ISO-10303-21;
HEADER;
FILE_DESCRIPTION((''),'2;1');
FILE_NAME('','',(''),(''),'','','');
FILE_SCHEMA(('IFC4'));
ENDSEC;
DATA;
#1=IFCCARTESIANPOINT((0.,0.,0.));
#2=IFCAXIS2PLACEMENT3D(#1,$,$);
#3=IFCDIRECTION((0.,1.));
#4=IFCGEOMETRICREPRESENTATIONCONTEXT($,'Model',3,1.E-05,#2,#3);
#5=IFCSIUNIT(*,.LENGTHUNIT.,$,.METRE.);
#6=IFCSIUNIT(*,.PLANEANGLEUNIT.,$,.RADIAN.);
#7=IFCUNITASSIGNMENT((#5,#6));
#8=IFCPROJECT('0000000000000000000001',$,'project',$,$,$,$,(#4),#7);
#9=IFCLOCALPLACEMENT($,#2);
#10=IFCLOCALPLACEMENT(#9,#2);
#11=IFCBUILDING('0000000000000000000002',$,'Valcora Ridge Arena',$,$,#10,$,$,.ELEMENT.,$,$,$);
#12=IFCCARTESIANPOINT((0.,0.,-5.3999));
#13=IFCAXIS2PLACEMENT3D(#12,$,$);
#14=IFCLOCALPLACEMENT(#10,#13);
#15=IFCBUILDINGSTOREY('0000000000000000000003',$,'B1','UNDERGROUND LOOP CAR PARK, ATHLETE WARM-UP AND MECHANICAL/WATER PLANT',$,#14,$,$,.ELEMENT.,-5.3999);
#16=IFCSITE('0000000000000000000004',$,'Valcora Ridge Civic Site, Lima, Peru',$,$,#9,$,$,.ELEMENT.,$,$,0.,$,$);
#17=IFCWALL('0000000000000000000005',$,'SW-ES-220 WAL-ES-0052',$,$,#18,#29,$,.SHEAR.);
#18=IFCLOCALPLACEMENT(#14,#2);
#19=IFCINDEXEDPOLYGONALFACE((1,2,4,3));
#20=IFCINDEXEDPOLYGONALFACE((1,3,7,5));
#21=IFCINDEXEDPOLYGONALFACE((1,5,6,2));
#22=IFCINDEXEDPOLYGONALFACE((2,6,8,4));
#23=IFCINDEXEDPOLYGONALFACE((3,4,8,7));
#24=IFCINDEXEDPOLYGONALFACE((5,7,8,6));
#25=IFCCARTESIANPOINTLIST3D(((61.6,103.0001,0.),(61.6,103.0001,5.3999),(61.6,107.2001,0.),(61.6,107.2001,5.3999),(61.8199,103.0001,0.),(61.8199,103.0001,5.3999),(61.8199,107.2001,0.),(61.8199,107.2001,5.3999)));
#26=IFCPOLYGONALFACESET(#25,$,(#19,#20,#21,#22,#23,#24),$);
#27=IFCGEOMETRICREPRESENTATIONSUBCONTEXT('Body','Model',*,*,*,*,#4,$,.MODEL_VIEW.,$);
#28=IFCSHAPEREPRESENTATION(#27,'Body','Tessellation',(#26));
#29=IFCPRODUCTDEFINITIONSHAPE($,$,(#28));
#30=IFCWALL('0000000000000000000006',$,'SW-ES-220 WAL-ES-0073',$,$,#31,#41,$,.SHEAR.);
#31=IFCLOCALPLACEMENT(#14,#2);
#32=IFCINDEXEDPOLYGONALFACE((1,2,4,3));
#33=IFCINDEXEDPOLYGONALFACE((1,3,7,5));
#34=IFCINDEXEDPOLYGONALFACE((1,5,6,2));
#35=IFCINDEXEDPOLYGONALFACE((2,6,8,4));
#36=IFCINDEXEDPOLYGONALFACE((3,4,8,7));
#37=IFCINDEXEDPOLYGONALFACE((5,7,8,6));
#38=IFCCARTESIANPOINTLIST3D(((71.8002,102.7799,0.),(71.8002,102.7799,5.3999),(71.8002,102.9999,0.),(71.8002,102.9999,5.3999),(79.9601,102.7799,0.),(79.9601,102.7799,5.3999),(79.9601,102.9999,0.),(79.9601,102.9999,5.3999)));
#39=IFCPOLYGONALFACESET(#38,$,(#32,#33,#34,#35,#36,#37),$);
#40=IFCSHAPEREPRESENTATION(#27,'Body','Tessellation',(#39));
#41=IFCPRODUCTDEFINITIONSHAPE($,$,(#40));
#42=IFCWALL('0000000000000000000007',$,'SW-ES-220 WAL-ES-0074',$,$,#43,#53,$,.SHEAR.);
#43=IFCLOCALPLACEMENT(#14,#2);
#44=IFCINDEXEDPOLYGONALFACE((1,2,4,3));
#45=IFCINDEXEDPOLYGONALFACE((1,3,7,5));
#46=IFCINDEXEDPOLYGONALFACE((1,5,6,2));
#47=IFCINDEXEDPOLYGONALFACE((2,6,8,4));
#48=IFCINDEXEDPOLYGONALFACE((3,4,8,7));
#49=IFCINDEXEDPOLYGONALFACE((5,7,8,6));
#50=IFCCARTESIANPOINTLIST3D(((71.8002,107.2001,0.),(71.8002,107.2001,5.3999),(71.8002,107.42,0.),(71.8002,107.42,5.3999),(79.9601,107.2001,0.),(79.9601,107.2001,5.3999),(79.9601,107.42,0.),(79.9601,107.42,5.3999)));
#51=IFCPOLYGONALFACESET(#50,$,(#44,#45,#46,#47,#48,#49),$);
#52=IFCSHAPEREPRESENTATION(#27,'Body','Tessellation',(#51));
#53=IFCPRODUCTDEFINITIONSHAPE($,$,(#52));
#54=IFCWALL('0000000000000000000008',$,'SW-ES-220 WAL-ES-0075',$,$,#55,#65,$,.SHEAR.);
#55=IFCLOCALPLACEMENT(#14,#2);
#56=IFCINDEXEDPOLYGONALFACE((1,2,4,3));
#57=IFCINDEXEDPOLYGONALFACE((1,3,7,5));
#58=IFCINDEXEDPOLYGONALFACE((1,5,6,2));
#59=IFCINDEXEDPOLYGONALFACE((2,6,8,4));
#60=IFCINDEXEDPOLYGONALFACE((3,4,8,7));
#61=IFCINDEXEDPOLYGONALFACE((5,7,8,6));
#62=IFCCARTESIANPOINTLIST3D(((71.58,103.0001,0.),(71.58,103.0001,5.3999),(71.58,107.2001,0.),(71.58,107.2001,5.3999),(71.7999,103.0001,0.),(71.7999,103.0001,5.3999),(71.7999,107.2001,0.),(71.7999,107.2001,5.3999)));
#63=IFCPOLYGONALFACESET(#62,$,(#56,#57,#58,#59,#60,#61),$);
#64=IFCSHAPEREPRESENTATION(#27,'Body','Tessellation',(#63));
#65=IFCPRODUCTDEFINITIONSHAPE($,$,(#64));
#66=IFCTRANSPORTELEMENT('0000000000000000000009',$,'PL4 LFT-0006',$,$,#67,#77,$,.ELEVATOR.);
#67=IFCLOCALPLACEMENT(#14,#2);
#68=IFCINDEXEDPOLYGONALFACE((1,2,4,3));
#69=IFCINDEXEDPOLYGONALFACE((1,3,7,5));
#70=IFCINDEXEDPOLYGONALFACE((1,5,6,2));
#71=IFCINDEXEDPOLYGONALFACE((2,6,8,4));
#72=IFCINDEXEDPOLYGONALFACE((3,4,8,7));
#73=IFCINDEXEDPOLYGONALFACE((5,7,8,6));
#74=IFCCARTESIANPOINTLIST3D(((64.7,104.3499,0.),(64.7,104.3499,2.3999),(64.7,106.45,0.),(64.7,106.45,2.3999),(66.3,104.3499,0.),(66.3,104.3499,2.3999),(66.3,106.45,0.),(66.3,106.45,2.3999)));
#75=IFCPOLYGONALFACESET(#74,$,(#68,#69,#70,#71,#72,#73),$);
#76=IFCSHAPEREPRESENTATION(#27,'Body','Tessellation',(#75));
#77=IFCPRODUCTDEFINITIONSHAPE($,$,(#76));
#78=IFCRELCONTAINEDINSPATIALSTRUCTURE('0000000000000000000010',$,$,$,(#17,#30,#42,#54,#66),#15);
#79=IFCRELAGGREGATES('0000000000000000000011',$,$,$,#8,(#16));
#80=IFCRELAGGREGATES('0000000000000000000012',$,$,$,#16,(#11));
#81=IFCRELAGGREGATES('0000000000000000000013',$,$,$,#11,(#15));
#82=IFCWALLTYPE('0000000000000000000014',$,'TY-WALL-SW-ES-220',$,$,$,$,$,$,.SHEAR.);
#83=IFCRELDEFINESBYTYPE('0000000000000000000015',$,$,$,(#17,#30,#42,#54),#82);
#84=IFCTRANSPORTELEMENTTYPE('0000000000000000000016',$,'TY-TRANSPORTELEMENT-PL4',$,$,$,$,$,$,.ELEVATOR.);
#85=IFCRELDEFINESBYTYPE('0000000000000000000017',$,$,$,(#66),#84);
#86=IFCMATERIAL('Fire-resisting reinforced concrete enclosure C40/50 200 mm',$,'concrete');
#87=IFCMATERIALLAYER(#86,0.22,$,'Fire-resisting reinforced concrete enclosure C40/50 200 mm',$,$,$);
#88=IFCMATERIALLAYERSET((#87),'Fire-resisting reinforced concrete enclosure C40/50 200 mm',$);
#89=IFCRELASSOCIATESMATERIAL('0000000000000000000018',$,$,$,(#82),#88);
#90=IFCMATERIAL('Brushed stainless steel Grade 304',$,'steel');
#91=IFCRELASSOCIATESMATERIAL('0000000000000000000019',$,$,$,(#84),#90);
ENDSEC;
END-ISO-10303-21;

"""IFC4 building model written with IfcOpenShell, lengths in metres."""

from ifc_helpers import new_model, si_unit, direction, frame, frame_2d, origin, origin_2d, place, context, subcontext, project, spatial, rectangle, extrude, material, layer, layer_set, type_object, element, save


model = new_model("IFC4")

# Units and contexts
model_context = context("Model", 3, precision=1e-05, world=origin(), true_north=direction((0.0, 1.0)))
body_context = subcontext(model_context, "Body", "Model", "MODEL_VIEW")
ifc_project = project(units=[si_unit("LENGTHUNIT", "METRE"), si_unit("PLANEANGLEUNIT", "RADIAN")], contexts=[model_context])

# Site, building, storey
site_placement = place(None, origin())
site = spatial("IfcSite", under=ifc_project, at=site_placement, Name="Valcora Ridge Civic Site, Lima, Peru", CompositionType="ELEMENT", RefElevation=0.0)
building_placement = place(site_placement, origin())
building = spatial("IfcBuilding", under=site, at=building_placement, Name="Valcora Ridge Arena", CompositionType="ELEMENT")
storey_placement = place(building_placement, frame((0.0, 0.0, -5.3999)))
storey = spatial("IfcBuildingStorey", under=building, at=storey_placement, Name="B1", Description="UNDERGROUND LOOP CAR PARK, ATHLETE WARM-UP AND MECHANICAL/WATER PLANT", CompositionType="ELEMENT", Elevation=-5.3999)

# Walls
ifc_material_1 = material(Name="Fire-resisting reinforced concrete enclosure C40/50 200 mm", Category="concrete")
ifc_layer_1 = layer(ifc_material_1, 0.22, Name="Fire-resisting reinforced concrete enclosure C40/50 200 mm")
ifc_layer_set_1 = layer_set([ifc_layer_1], Name="Fire-resisting reinforced concrete enclosure C40/50 200 mm")
wall_type_1 = type_object("IfcWallType", Name="TY-WALL-SW-ES-220", PredefinedType="SHEAR", material=ifc_layer_set_1)
wall_1_placement = place(storey_placement, frame((61.71, 103.0, 0.0), z_axis=(0.0, 0.0, 1.0), x_axis=(0.0, 1.0, 0.0)))
element("IfcWall", 1, at=wall_1_placement, inside=storey, type_object=wall_type_1, Name="SW-ES-220 WAL-ES-0052", PredefinedType="SHEAR", context=body_context, shape_type="SweptSolid", body=[
    extrude(rectangle(XDim=4.2, YDim=0.22, at=frame_2d((2.1001, 0.0))), origin(), (0.0, 0.0, 1.0), 5.3999),
])
for number, where, z_axis, x_axis, name in (
    (2, (71.8, 102.8899, 0.0), (0.0, 0.0, 1.0), (1.0, 0.0, 0.0), "SW-ES-220 WAL-ES-0073"),
    (3, (71.8, 107.3101, 0.0), (0.0, 0.0, 1.0), (1.0, 0.0, 0.0), "SW-ES-220 WAL-ES-0074"),
):
    element("IfcWall", number, at=place(storey_placement, frame(where, z_axis=z_axis, x_axis=x_axis)), inside=storey, type_object=wall_type_1, Name=name, PredefinedType="SHEAR", context=body_context, shape_type="SweptSolid", body=[
        extrude(rectangle(XDim=8.1599, YDim=0.22, at=frame_2d((4.0801, 0.0))), origin(), (0.0, 0.0, 1.0), 5.3999),
    ])
wall_2_placement = place(storey_placement, frame((71.6899, 103.0, 0.0), z_axis=(0.0, 0.0, 1.0), x_axis=(0.0, 1.0, 0.0)))
element("IfcWall", 4, at=wall_2_placement, inside=storey, type_object=wall_type_1, Name="SW-ES-220 WAL-ES-0075", PredefinedType="SHEAR", context=body_context, shape_type="SweptSolid", body=[
    extrude(rectangle(XDim=4.2, YDim=0.22, at=frame_2d((2.1001, 0.0))), origin(), (0.0, 0.0, 1.0), 5.3999),
])

# Transport element
ifc_material_2 = material(Name="Brushed stainless steel Grade 304", Category="steel")
transport_element_type = type_object("IfcTransportElementType", Name="TY-TRANSPORTELEMENT-PL4", PredefinedType="ELEVATOR", material=ifc_material_2)
transport_element_placement = place(storey_placement, frame((65.5, 105.3999, 0.0), z_axis=(0.0, 0.0, 1.0), x_axis=(1.0, 0.0, 0.0)))
element("IfcTransportElement", 5, at=transport_element_placement, inside=storey, type_object=transport_element_type, Name="PL4 LFT-0006", PredefinedType="ELEVATOR", context=body_context, shape_type="SweptSolid", body=[
    extrude(rectangle(XDim=1.6001, YDim=2.1001, at=origin_2d()), origin(), (0.0, 0.0, 1.0), 2.3999),
])

save(model, "model.ifc")
